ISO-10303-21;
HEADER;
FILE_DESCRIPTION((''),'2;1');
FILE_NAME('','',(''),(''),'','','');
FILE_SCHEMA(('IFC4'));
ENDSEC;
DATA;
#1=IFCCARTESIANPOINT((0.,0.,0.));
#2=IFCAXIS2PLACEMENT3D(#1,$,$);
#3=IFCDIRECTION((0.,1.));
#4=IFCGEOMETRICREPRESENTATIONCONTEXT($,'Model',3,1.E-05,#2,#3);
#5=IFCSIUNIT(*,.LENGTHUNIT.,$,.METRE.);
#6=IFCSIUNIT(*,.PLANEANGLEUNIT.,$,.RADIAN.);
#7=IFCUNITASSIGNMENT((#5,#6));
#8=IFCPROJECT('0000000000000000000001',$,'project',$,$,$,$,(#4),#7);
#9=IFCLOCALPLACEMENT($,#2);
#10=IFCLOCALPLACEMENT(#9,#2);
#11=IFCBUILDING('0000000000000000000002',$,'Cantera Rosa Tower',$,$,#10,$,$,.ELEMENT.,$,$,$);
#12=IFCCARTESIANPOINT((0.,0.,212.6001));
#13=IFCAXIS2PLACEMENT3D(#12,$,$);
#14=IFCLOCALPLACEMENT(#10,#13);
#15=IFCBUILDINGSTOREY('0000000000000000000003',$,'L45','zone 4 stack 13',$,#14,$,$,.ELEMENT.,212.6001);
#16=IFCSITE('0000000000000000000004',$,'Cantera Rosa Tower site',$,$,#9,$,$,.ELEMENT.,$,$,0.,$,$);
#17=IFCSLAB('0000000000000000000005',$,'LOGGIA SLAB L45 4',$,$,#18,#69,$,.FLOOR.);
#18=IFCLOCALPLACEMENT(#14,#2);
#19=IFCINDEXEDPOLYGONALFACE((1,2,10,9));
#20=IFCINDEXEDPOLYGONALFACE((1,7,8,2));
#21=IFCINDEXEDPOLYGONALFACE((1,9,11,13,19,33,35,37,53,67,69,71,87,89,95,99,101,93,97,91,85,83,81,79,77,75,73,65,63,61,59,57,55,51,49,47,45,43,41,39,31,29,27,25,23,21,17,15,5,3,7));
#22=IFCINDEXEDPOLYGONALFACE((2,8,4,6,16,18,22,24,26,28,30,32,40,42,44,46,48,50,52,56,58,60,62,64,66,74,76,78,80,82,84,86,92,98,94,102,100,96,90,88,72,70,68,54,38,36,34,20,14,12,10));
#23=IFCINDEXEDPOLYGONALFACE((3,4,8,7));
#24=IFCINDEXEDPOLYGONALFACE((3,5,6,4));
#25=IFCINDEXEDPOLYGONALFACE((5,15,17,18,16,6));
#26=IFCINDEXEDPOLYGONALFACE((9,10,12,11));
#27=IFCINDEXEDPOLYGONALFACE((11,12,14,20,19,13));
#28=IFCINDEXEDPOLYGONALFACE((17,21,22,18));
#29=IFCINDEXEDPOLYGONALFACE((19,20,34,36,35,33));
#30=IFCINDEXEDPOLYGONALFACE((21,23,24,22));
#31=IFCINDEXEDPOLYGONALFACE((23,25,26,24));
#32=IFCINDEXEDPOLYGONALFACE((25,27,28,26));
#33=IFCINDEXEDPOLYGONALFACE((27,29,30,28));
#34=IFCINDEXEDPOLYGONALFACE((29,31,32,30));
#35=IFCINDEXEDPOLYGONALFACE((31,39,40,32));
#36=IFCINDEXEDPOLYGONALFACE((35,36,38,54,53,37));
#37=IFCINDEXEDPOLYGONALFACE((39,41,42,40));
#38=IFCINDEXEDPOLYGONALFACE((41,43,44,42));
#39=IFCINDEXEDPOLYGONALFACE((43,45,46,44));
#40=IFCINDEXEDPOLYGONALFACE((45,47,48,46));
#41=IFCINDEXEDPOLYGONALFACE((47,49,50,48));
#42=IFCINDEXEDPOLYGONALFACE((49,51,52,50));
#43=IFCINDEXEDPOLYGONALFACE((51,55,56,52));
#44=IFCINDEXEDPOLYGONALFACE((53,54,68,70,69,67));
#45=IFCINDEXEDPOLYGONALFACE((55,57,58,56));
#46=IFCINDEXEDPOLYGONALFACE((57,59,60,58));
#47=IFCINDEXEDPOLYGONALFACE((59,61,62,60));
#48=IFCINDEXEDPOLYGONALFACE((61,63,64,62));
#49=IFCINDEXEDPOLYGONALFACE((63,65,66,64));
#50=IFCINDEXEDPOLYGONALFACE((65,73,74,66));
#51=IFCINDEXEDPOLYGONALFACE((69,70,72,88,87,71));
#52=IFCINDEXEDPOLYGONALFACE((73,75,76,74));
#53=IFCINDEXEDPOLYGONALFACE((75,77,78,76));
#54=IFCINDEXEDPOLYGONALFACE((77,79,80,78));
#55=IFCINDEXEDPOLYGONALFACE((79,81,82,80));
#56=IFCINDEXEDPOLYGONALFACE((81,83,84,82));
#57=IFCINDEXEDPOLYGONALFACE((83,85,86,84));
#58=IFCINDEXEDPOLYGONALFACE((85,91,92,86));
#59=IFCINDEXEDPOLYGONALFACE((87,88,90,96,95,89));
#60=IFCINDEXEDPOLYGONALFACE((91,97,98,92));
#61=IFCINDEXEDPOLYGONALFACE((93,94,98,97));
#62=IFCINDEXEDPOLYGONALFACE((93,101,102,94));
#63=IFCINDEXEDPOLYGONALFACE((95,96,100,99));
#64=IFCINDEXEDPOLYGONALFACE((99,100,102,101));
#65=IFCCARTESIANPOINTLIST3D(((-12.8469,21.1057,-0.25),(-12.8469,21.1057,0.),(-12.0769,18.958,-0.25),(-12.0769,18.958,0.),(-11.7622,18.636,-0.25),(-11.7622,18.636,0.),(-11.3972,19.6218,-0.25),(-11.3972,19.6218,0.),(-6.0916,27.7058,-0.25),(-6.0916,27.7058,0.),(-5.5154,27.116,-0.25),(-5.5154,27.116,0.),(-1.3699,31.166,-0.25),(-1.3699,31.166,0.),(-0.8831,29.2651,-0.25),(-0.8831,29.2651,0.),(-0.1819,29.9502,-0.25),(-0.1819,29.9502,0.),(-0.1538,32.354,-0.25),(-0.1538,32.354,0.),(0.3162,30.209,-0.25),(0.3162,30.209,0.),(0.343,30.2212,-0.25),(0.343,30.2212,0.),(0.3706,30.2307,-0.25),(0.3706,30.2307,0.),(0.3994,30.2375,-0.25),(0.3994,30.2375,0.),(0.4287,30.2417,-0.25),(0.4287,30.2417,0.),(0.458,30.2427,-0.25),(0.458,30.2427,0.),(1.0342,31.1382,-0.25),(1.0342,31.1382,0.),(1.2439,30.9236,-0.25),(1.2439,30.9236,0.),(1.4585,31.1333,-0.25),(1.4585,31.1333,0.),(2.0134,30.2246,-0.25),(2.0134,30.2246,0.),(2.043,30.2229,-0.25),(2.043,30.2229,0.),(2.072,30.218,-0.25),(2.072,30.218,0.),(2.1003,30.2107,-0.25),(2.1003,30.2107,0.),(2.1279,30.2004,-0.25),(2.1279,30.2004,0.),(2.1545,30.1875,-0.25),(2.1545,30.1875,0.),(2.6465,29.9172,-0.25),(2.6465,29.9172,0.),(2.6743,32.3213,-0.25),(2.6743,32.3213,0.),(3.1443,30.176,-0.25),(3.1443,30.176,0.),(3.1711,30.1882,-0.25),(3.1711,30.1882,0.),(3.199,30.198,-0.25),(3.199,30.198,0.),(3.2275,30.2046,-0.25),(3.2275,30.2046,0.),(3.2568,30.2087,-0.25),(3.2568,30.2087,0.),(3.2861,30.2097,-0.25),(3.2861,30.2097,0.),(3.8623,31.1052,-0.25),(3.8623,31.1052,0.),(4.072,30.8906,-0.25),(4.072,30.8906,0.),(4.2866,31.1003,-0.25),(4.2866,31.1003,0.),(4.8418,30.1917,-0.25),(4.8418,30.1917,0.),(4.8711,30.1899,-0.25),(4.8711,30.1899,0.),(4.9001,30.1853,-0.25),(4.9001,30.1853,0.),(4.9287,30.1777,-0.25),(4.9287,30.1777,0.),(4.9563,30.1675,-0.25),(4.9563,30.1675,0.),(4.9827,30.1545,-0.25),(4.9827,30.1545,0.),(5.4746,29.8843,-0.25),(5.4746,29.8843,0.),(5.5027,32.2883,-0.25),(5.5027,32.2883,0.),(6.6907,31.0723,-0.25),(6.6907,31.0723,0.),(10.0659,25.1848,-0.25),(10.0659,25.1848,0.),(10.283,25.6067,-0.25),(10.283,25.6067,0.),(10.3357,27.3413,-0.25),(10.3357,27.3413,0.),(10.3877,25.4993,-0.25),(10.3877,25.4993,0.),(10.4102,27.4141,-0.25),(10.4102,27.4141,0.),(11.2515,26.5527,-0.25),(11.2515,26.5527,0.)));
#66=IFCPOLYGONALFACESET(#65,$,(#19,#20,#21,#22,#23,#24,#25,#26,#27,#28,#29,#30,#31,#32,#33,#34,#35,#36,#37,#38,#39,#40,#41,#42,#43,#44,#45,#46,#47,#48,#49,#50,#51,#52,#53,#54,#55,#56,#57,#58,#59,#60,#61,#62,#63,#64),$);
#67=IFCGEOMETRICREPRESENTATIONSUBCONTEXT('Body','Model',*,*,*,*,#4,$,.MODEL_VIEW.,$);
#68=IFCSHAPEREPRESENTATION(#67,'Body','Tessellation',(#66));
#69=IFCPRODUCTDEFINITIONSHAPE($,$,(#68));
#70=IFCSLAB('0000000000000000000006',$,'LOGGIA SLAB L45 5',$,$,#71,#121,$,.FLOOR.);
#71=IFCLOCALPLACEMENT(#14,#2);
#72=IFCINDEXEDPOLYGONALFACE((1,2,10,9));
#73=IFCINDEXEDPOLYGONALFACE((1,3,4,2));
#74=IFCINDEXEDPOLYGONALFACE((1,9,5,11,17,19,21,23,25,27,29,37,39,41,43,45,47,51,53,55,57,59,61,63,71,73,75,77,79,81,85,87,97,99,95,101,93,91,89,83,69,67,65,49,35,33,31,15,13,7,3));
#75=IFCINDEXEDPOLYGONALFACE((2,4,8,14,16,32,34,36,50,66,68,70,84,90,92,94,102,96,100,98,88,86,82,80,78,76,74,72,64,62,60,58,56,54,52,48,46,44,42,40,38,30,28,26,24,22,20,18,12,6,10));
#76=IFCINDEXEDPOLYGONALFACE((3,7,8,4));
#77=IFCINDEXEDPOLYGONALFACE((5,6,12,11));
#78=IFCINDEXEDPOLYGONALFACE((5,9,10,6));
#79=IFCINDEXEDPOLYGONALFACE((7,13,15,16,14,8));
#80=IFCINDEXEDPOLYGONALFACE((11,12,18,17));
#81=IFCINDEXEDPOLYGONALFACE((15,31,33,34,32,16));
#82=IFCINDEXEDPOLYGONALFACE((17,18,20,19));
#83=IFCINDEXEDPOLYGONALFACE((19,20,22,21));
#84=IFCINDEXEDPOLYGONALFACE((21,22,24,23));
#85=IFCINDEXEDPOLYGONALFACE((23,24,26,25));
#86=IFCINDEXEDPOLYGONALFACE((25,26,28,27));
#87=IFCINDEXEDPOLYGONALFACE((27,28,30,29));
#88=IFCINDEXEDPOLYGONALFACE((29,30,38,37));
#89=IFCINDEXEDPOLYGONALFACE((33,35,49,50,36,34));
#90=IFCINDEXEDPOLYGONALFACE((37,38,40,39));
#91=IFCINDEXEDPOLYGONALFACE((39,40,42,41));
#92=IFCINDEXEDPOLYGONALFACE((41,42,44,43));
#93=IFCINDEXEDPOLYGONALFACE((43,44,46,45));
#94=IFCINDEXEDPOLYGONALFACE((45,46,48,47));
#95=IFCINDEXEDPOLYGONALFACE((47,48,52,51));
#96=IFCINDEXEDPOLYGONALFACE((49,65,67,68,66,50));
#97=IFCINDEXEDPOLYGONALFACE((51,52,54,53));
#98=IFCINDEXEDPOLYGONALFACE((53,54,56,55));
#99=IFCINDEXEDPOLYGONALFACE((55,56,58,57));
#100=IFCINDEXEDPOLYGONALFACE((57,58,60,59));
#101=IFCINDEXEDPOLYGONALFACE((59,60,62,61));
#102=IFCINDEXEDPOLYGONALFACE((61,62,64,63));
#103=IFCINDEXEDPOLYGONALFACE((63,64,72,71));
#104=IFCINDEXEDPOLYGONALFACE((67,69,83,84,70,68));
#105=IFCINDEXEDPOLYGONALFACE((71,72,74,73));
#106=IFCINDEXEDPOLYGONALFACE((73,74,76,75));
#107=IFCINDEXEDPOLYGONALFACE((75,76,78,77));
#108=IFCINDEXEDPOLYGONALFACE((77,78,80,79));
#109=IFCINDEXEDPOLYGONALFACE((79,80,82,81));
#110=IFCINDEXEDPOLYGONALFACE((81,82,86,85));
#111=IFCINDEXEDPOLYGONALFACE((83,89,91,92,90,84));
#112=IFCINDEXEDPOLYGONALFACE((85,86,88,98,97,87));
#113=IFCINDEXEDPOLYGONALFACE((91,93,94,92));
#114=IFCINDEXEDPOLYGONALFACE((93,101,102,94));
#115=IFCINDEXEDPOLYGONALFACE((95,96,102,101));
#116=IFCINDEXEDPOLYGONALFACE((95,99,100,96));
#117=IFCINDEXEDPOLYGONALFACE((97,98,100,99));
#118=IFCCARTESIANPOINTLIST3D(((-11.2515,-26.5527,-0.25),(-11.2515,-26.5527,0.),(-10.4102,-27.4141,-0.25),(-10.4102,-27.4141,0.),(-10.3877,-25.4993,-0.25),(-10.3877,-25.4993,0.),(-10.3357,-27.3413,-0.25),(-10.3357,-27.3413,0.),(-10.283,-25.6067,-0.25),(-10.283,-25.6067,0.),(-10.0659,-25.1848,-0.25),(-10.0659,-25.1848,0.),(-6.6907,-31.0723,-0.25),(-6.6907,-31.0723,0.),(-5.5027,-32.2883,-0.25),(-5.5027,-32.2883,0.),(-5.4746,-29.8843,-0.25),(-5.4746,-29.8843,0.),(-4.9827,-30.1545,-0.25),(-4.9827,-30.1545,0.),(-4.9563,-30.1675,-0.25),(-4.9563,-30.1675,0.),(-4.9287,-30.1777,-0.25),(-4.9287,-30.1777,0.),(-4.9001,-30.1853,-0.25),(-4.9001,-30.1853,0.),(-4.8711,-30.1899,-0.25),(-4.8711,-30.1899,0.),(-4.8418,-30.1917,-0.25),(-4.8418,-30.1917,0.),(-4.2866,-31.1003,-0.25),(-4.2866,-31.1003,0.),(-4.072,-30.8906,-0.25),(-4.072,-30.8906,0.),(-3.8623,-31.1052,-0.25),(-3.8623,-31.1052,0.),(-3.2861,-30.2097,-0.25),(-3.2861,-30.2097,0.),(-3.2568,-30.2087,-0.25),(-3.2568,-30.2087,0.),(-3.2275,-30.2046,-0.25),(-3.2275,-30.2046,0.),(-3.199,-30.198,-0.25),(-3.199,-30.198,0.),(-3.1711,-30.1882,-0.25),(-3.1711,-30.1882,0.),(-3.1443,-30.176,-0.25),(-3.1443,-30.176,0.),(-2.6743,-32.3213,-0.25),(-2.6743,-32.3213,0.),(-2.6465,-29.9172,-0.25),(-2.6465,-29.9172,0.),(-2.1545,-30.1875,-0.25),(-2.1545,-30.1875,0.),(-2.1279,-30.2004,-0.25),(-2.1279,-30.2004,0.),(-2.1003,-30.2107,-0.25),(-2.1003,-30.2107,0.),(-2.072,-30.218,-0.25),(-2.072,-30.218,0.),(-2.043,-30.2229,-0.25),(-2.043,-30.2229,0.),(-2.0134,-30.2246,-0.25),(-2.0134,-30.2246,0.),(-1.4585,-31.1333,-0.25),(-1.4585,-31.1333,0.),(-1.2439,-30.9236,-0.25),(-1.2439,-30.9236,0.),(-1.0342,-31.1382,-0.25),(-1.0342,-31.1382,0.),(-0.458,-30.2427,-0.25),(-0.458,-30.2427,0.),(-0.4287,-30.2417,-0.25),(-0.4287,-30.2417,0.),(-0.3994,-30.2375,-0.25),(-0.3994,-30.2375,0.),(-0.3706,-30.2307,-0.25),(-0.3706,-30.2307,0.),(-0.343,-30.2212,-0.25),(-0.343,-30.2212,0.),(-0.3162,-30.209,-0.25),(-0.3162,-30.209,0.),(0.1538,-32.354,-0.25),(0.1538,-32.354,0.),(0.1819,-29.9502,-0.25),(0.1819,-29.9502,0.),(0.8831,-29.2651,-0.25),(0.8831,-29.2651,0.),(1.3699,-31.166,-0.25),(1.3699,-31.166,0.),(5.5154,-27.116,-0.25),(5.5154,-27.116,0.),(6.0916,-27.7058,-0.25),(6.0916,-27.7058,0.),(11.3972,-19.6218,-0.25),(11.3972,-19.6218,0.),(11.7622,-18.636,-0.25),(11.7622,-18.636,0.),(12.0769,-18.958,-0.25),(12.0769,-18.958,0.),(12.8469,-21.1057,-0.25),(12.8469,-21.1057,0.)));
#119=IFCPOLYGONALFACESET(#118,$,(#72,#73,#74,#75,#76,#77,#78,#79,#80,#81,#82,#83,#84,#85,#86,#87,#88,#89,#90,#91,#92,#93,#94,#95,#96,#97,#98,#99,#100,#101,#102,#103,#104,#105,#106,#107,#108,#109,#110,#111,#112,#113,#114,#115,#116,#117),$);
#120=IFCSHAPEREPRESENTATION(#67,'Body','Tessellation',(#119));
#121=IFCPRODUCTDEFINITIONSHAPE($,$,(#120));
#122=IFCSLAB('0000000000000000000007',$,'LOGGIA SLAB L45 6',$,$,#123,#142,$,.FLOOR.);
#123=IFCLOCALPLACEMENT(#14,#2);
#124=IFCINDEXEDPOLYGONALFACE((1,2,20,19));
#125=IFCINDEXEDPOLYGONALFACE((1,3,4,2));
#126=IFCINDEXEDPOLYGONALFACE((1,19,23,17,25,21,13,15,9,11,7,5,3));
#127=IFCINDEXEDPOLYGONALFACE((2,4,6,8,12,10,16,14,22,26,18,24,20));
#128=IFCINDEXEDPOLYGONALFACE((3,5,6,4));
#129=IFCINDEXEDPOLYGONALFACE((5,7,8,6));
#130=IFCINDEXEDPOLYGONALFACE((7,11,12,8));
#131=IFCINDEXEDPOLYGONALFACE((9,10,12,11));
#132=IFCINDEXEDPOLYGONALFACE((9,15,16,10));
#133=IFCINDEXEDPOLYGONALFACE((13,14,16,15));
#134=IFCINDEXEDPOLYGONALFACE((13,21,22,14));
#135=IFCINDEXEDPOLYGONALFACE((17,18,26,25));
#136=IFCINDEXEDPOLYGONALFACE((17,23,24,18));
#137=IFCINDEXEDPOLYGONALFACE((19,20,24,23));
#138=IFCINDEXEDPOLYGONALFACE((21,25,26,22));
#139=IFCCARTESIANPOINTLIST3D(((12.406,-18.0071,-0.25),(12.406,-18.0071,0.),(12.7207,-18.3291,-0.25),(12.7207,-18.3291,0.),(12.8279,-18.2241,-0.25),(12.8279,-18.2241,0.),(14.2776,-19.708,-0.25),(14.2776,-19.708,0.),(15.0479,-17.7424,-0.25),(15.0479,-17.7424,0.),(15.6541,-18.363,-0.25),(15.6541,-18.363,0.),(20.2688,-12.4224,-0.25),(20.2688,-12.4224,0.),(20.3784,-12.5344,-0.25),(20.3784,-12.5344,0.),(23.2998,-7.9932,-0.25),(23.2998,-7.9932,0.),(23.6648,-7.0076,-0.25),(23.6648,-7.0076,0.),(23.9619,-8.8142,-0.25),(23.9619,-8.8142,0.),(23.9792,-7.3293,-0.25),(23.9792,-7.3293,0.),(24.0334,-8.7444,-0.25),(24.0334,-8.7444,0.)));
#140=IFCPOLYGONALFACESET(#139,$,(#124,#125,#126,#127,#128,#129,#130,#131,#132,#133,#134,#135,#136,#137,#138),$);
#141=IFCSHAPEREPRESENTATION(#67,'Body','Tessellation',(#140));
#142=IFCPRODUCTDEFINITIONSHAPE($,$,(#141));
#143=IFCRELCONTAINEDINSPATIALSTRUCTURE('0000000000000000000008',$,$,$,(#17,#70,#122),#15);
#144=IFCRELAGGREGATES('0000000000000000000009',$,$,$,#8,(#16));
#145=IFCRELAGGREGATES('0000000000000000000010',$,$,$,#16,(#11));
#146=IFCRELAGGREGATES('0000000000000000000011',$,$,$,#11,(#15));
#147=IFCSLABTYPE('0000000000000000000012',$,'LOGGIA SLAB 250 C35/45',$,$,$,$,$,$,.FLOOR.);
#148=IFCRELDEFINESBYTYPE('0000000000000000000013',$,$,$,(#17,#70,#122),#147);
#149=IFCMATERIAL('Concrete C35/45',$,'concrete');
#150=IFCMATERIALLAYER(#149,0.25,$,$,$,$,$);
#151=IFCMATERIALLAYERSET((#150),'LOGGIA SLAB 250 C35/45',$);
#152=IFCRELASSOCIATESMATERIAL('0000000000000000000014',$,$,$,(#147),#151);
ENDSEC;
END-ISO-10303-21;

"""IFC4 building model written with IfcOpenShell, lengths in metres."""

from ifc_helpers import new_model, si_unit, direction, frame, origin, place, context, subcontext, project, spatial, polyline, outline, extrude, material, layer, layer_set, type_object, element, save


model = new_model("IFC4")

# Units and contexts
model_context = context("Model", 3, precision=1e-05, world=origin(), true_north=direction((0.0, 1.0)))
body_context = subcontext(model_context, "Body", "Model", "MODEL_VIEW")
ifc_project = project(units=[si_unit("LENGTHUNIT", "METRE"), si_unit("PLANEANGLEUNIT", "RADIAN")], contexts=[model_context])

# Site, building, storey
site_placement = place(None, origin())
site = spatial("IfcSite", under=ifc_project, at=site_placement, Name="Cantera Rosa Tower site", CompositionType="ELEMENT", RefElevation=0.0)
building_placement = place(site_placement, origin())
building = spatial("IfcBuilding", under=site, at=building_placement, Name="Cantera Rosa Tower", CompositionType="ELEMENT")
storey_placement = place(building_placement, frame((0.0, 0.0, 212.6001)))
storey = spatial("IfcBuildingStorey", under=building, at=storey_placement, Name="L45", Description="zone 4 stack 13", CompositionType="ELEMENT", Elevation=212.6001)

# Slabs
ifc_material_1 = material(Name="Concrete C35/45", Category="concrete")
ifc_layer_1 = layer(ifc_material_1, 0.25)
ifc_layer_set_1 = layer_set([ifc_layer_1], Name="LOGGIA SLAB 250 C35/45")
slab_type_1 = type_object("IfcSlabType", Name="LOGGIA SLAB 250 C35/45", PredefinedType="FLOOR", material=ifc_layer_set_1)
slab_1_placement = place(storey_placement, frame((0.0, 0.0, -0.25)))
element("IfcSlab", 1, at=slab_1_placement, inside=storey, type_object=slab_type_1, Name="LOGGIA SLAB L45 4", PredefinedType="FLOOR", context=body_context, shape_type="SweptSolid", body=[
    extrude(outline(polyline([(-1.3699, 31.166), (-0.1538, 32.354), (1.0342, 31.1382), (1.2439, 30.9236), (1.4585, 31.1333), (2.6743, 32.3213), (3.8623, 31.1052), (4.072, 30.8906), (4.2866, 31.1003), (5.5027, 32.2883), (6.6907, 31.0723), (10.3357, 27.3413), (10.4102, 27.4141), (11.2515, 26.5527), (10.283, 25.6067), (10.3877, 25.4993), (10.0659, 25.1848), (5.4746, 29.8843), (4.9827, 30.1545), (4.9563, 30.1675), (4.9287, 30.1777), (4.9001, 30.1853), (4.8711, 30.1899), (4.8418, 30.1917), (3.2861, 30.2097), (3.2568, 30.2087), (3.2275, 30.2046), (3.199, 30.198), (3.1711, 30.1882), (3.1443, 30.176), (2.6465, 29.9172), (2.1545, 30.1875), (2.1279, 30.2004), (2.1003, 30.2107), (2.072, 30.218), (2.043, 30.2229), (2.0134, 30.2246), (0.458, 30.2427), (0.4287, 30.2417), (0.3994, 30.2375), (0.3706, 30.2307), (0.343, 30.2212), (0.3162, 30.209), (-0.1819, 29.9502), (-0.8831, 29.2651), (-11.7622, 18.636), (-12.0769, 18.958), (-11.3972, 19.6218), (-12.8469, 21.1057), (-6.0916, 27.7058), (-5.5154, 27.116), (-1.3699, 31.166)])), origin(), (0.0, 0.0, 1.0), 0.25),
])
slab_2_placement = place(storey_placement, frame((0.0, 0.0, -0.25)))
element("IfcSlab", 2, at=slab_2_placement, inside=storey, type_object=slab_type_1, Name="LOGGIA SLAB L45 5", PredefinedType="FLOOR", context=body_context, shape_type="SweptSolid", body=[
    extrude(outline(polyline([(1.3699, -31.166), (0.1538, -32.354), (-1.0342, -31.1382), (-1.2439, -30.9236), (-1.4585, -31.1333), (-2.6743, -32.3213), (-3.8623, -31.1052), (-4.072, -30.8906), (-4.2866, -31.1003), (-5.5027, -32.2883), (-6.6907, -31.0723), (-10.3357, -27.3413), (-10.4102, -27.4141), (-11.2515, -26.5527), (-10.283, -25.6067), (-10.3877, -25.4993), (-10.0659, -25.1848), (-5.4746, -29.8843), (-4.9827, -30.1545), (-4.9563, -30.1675), (-4.9287, -30.1777), (-4.9001, -30.1853), (-4.8711, -30.1899), (-4.8418, -30.1917), (-3.2861, -30.2097), (-3.2568, -30.2087), (-3.2275, -30.2046), (-3.199, -30.198), (-3.1711, -30.1882), (-3.1443, -30.176), (-2.6465, -29.9172), (-2.1545, -30.1875), (-2.1279, -30.2004), (-2.1003, -30.2107), (-2.072, -30.218), (-2.043, -30.2229), (-2.0134, -30.2246), (-0.458, -30.2427), (-0.4287, -30.2417), (-0.3994, -30.2375), (-0.3706, -30.2307), (-0.343, -30.2212), (-0.3162, -30.209), (0.1819, -29.9502), (0.8831, -29.2651), (11.7622, -18.636), (12.0769, -18.958), (11.3972, -19.6218), (12.8469, -21.1057), (6.0916, -27.7058), (5.5154, -27.116), (1.3699, -31.166)])), origin(), (0.0, 0.0, 1.0), 0.25),
])
slab_3_placement = place(storey_placement, frame((0.0, 0.0, -0.25)))
element("IfcSlab", 3, at=slab_3_placement, inside=storey, type_object=slab_type_1, Name="LOGGIA SLAB L45 6", PredefinedType="FLOOR", context=body_context, shape_type="SweptSolid", body=[
    extrude(outline(polyline([(12.8279, -18.2241), (12.7207, -18.3291), (12.406, -18.0071), (23.6648, -7.0076), (23.9792, -7.3293), (23.2998, -7.9932), (24.0334, -8.7444), (23.9619, -8.8142), (20.2688, -12.4224), (20.3784, -12.5344), (15.0479, -17.7424), (15.6541, -18.363), (14.2776, -19.708), (12.8279, -18.2241)])), origin(), (0.0, 0.0, 1.0), 0.25),
])

save(model, "model.ifc")
